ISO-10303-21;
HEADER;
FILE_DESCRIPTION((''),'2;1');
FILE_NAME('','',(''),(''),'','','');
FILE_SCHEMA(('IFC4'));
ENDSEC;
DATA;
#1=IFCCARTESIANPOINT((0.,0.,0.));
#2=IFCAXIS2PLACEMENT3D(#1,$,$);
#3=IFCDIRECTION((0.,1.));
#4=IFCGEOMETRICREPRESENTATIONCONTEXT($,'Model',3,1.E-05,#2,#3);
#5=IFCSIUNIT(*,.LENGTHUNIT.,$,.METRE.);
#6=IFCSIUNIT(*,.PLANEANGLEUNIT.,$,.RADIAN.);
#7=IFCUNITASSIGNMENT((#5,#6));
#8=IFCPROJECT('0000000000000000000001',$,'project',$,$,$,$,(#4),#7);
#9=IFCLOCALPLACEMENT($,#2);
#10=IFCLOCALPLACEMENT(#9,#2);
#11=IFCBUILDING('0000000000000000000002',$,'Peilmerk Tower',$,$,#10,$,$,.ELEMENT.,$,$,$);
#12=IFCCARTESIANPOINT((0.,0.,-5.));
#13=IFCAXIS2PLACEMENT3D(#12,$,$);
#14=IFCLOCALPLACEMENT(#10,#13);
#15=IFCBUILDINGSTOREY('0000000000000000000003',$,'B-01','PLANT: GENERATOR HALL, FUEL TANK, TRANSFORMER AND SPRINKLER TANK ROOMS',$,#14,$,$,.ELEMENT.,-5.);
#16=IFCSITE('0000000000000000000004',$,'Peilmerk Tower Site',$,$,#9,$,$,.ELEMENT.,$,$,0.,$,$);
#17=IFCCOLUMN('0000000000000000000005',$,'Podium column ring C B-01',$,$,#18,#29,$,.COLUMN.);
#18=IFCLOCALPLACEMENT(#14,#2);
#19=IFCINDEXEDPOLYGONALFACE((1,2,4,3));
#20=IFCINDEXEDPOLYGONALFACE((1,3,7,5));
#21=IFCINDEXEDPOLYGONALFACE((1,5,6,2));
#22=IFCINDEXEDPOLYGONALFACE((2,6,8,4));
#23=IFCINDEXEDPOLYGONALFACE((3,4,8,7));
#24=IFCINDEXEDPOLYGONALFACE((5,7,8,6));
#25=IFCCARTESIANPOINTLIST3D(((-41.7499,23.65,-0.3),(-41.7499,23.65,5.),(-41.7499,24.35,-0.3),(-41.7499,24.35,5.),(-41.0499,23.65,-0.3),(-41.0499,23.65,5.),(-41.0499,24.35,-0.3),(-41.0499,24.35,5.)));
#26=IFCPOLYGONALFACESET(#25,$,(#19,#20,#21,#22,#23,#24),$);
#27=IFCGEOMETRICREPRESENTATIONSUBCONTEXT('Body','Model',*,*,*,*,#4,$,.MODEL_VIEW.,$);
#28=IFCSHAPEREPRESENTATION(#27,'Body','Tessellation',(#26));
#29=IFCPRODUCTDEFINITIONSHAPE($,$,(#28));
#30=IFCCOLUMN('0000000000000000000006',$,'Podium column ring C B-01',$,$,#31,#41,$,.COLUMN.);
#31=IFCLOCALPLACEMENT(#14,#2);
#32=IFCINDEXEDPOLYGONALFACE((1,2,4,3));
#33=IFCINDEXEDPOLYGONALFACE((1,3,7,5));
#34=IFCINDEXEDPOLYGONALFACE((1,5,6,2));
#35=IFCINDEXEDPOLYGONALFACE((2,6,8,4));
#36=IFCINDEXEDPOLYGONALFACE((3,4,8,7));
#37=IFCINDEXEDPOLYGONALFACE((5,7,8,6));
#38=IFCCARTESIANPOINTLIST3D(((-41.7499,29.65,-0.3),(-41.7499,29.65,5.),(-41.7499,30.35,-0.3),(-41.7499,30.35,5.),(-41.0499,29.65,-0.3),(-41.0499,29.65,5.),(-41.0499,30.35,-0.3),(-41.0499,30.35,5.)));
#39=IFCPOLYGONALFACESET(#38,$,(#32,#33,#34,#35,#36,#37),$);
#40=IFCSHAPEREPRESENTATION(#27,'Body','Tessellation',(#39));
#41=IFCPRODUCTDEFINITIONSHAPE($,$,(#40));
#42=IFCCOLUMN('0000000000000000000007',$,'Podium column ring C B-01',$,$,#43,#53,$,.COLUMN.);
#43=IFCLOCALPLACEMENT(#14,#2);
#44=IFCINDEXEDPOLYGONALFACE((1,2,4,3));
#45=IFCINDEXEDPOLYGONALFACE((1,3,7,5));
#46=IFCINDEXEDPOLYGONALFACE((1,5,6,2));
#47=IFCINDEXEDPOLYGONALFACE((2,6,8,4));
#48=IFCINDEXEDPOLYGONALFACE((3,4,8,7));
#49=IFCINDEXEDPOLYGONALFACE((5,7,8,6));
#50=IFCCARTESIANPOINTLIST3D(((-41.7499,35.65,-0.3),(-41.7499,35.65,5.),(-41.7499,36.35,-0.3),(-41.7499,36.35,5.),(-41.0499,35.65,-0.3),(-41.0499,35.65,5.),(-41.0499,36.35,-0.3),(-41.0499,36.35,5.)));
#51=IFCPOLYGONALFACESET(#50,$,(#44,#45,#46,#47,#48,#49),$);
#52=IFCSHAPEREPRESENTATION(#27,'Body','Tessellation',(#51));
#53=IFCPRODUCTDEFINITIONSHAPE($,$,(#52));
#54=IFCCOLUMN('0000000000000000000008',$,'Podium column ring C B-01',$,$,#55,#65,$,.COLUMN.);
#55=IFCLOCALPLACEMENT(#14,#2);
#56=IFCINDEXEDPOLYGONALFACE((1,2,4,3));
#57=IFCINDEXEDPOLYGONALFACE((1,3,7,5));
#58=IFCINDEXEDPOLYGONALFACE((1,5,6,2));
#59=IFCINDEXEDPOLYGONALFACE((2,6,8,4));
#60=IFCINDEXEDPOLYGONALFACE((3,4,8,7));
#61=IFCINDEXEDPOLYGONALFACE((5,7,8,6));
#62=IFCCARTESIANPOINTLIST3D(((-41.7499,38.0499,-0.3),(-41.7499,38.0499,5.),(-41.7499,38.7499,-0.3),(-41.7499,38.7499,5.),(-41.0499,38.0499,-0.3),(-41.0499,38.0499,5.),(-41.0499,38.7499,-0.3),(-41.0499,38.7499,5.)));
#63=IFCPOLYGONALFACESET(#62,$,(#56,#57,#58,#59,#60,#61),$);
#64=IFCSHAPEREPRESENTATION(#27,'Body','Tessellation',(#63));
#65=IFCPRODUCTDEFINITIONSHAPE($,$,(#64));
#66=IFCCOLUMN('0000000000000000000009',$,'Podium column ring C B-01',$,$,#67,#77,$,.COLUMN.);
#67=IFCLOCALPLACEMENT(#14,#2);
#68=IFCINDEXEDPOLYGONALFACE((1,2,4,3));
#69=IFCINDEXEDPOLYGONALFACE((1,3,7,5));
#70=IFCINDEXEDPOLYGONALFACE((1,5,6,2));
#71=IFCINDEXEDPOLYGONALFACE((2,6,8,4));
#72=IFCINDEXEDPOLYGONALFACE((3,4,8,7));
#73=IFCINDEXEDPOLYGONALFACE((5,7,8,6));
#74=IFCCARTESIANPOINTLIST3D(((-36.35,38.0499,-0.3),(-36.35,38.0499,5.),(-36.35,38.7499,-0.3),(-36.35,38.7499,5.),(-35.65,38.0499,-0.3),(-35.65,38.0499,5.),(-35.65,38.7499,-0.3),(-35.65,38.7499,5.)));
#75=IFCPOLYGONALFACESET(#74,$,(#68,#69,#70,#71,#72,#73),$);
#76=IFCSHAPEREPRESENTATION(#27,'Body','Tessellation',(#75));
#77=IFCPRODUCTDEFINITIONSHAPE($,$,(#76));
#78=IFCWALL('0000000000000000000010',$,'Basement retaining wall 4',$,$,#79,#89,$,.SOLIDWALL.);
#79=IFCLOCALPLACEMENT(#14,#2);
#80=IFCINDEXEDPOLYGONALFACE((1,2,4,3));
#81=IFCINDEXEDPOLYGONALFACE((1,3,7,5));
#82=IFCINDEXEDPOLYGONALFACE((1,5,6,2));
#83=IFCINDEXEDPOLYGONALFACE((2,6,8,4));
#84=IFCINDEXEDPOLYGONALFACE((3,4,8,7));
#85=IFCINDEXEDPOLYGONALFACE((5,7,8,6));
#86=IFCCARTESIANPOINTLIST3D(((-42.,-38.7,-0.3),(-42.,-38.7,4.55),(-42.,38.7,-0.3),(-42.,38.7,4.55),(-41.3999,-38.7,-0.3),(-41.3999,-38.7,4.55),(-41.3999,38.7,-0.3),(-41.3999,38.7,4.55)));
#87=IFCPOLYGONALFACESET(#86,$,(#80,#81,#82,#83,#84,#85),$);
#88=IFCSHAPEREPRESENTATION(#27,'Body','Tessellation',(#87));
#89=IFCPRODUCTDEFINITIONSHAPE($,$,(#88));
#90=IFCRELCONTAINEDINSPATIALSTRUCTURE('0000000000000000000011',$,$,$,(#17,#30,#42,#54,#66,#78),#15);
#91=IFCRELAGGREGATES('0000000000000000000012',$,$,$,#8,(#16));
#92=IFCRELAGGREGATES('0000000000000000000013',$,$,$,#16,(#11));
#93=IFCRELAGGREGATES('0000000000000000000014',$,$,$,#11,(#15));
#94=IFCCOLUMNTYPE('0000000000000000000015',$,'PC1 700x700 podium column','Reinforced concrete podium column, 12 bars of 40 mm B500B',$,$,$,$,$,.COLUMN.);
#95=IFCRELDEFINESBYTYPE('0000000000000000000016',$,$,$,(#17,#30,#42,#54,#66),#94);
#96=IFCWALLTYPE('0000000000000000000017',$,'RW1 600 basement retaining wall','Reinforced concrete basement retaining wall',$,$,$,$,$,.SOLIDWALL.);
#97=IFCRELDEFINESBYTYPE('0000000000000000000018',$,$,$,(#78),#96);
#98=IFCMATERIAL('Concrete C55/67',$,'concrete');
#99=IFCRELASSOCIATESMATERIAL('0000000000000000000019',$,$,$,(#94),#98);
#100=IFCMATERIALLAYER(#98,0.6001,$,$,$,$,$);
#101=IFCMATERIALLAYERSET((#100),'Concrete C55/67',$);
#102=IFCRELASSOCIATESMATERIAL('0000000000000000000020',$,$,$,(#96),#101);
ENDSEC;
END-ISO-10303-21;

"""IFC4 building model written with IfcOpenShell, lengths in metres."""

from ifc_helpers import new_model, si_unit, direction, frame, frame_2d, origin, origin_2d, place, context, subcontext, project, spatial, rectangle, extrude, material, layer, layer_set, material_profile, profile_set, type_object, element, save


model = new_model("IFC4")

# Units and contexts
model_context = context("Model", 3, precision=1e-05, world=origin(), true_north=direction((0.0, 1.0)))
body_context = subcontext(model_context, "Body", "Model", "MODEL_VIEW")
ifc_project = project(units=[si_unit("LENGTHUNIT", "METRE"), si_unit("PLANEANGLEUNIT", "RADIAN")], contexts=[model_context])

# Site, building, storey
site_placement = place(None, origin())
site = spatial("IfcSite", under=ifc_project, at=site_placement, Name="Peilmerk Tower Site", CompositionType="ELEMENT", RefElevation=0.0)
building_placement = place(site_placement, origin())
building = spatial("IfcBuilding", under=site, at=building_placement, Name="Peilmerk Tower", CompositionType="ELEMENT")
storey_placement = place(building_placement, frame((0.0, 0.0, -5.0)))
storey = spatial("IfcBuildingStorey", under=building, at=storey_placement, Name="B-01", Description="PLANT: GENERATOR HALL, FUEL TANK, TRANSFORMER AND SPRINKLER TANK ROOMS", CompositionType="ELEMENT", Elevation=-5.0)

# Columns
ifc_material_1 = material(Name="Concrete C55/67", Category="concrete")
ifc_material_profile_1 = material_profile(ifc_material_1, rectangle(XDim=0.7, YDim=0.7, at=origin_2d()), Name="RC 700x700")
ifc_profile_set_1 = profile_set([ifc_material_profile_1], Name="Concrete C55/67")
column_type = type_object("IfcColumnType", Name="PC1 700x700 podium column", Description="Reinforced concrete podium column, 12 bars of 40 mm B500B", PredefinedType="COLUMN", material=ifc_profile_set_1)
for number, where, z_axis, x_axis, name in (
    (1, (-41.3999, 24.0, -0.3), (0.0, 0.0, 1.0), (1.0, 0.0, 0.0), "Podium column ring C B-01"),
    (2, (-41.3999, 30.0, -0.3), (0.0, 0.0, 1.0), (1.0, 0.0, 0.0), "Podium column ring C B-01"),
    (3, (-41.3999, 36.0, -0.3), (0.0, 0.0, 1.0), (1.0, 0.0, 0.0), "Podium column ring C B-01"),
    (4, (-41.3999, 38.3999, -0.3), (0.0, 0.0, 1.0), (1.0, 0.0, 0.0), "Podium column ring C B-01"),
    (5, (-36.0, 38.3999, -0.3), (0.0, 0.0, 1.0), (1.0, 0.0, 0.0), "Podium column ring C B-01"),
):
    element("IfcColumn", number, at=place(storey_placement, frame(where, z_axis=z_axis, x_axis=x_axis)), inside=storey, type_object=column_type, Name=name, PredefinedType="COLUMN", context=body_context, shape_type="SweptSolid", body=[
        extrude(rectangle(XDim=0.7, YDim=0.7, at=origin_2d()), origin(), (0.0, 0.0, 1.0), 5.3),
    ])

# Wall
ifc_layer = layer(ifc_material_1, 0.6001)
ifc_layer_set = layer_set([ifc_layer], Name="Concrete C55/67")
wall_type = type_object("IfcWallType", Name="RW1 600 basement retaining wall", Description="Reinforced concrete basement retaining wall", PredefinedType="SOLIDWALL", material=ifc_layer_set)
wall_placement = place(storey_placement, frame((-41.7, 38.7, -0.3), z_axis=(0.0, 0.0, 1.0), x_axis=(0.0, -1.0, 0.0)))
element("IfcWall", 6, at=wall_placement, inside=storey, type_object=wall_type, Name="Basement retaining wall 4", PredefinedType="SOLIDWALL", context=body_context, shape_type="SweptSolid", body=[
    extrude(rectangle(XDim=77.3999, YDim=0.6001, at=frame_2d((38.7, 0.0))), origin(), (0.0, 0.0, 1.0), 4.8501),
])

save(model, "model.ifc")
